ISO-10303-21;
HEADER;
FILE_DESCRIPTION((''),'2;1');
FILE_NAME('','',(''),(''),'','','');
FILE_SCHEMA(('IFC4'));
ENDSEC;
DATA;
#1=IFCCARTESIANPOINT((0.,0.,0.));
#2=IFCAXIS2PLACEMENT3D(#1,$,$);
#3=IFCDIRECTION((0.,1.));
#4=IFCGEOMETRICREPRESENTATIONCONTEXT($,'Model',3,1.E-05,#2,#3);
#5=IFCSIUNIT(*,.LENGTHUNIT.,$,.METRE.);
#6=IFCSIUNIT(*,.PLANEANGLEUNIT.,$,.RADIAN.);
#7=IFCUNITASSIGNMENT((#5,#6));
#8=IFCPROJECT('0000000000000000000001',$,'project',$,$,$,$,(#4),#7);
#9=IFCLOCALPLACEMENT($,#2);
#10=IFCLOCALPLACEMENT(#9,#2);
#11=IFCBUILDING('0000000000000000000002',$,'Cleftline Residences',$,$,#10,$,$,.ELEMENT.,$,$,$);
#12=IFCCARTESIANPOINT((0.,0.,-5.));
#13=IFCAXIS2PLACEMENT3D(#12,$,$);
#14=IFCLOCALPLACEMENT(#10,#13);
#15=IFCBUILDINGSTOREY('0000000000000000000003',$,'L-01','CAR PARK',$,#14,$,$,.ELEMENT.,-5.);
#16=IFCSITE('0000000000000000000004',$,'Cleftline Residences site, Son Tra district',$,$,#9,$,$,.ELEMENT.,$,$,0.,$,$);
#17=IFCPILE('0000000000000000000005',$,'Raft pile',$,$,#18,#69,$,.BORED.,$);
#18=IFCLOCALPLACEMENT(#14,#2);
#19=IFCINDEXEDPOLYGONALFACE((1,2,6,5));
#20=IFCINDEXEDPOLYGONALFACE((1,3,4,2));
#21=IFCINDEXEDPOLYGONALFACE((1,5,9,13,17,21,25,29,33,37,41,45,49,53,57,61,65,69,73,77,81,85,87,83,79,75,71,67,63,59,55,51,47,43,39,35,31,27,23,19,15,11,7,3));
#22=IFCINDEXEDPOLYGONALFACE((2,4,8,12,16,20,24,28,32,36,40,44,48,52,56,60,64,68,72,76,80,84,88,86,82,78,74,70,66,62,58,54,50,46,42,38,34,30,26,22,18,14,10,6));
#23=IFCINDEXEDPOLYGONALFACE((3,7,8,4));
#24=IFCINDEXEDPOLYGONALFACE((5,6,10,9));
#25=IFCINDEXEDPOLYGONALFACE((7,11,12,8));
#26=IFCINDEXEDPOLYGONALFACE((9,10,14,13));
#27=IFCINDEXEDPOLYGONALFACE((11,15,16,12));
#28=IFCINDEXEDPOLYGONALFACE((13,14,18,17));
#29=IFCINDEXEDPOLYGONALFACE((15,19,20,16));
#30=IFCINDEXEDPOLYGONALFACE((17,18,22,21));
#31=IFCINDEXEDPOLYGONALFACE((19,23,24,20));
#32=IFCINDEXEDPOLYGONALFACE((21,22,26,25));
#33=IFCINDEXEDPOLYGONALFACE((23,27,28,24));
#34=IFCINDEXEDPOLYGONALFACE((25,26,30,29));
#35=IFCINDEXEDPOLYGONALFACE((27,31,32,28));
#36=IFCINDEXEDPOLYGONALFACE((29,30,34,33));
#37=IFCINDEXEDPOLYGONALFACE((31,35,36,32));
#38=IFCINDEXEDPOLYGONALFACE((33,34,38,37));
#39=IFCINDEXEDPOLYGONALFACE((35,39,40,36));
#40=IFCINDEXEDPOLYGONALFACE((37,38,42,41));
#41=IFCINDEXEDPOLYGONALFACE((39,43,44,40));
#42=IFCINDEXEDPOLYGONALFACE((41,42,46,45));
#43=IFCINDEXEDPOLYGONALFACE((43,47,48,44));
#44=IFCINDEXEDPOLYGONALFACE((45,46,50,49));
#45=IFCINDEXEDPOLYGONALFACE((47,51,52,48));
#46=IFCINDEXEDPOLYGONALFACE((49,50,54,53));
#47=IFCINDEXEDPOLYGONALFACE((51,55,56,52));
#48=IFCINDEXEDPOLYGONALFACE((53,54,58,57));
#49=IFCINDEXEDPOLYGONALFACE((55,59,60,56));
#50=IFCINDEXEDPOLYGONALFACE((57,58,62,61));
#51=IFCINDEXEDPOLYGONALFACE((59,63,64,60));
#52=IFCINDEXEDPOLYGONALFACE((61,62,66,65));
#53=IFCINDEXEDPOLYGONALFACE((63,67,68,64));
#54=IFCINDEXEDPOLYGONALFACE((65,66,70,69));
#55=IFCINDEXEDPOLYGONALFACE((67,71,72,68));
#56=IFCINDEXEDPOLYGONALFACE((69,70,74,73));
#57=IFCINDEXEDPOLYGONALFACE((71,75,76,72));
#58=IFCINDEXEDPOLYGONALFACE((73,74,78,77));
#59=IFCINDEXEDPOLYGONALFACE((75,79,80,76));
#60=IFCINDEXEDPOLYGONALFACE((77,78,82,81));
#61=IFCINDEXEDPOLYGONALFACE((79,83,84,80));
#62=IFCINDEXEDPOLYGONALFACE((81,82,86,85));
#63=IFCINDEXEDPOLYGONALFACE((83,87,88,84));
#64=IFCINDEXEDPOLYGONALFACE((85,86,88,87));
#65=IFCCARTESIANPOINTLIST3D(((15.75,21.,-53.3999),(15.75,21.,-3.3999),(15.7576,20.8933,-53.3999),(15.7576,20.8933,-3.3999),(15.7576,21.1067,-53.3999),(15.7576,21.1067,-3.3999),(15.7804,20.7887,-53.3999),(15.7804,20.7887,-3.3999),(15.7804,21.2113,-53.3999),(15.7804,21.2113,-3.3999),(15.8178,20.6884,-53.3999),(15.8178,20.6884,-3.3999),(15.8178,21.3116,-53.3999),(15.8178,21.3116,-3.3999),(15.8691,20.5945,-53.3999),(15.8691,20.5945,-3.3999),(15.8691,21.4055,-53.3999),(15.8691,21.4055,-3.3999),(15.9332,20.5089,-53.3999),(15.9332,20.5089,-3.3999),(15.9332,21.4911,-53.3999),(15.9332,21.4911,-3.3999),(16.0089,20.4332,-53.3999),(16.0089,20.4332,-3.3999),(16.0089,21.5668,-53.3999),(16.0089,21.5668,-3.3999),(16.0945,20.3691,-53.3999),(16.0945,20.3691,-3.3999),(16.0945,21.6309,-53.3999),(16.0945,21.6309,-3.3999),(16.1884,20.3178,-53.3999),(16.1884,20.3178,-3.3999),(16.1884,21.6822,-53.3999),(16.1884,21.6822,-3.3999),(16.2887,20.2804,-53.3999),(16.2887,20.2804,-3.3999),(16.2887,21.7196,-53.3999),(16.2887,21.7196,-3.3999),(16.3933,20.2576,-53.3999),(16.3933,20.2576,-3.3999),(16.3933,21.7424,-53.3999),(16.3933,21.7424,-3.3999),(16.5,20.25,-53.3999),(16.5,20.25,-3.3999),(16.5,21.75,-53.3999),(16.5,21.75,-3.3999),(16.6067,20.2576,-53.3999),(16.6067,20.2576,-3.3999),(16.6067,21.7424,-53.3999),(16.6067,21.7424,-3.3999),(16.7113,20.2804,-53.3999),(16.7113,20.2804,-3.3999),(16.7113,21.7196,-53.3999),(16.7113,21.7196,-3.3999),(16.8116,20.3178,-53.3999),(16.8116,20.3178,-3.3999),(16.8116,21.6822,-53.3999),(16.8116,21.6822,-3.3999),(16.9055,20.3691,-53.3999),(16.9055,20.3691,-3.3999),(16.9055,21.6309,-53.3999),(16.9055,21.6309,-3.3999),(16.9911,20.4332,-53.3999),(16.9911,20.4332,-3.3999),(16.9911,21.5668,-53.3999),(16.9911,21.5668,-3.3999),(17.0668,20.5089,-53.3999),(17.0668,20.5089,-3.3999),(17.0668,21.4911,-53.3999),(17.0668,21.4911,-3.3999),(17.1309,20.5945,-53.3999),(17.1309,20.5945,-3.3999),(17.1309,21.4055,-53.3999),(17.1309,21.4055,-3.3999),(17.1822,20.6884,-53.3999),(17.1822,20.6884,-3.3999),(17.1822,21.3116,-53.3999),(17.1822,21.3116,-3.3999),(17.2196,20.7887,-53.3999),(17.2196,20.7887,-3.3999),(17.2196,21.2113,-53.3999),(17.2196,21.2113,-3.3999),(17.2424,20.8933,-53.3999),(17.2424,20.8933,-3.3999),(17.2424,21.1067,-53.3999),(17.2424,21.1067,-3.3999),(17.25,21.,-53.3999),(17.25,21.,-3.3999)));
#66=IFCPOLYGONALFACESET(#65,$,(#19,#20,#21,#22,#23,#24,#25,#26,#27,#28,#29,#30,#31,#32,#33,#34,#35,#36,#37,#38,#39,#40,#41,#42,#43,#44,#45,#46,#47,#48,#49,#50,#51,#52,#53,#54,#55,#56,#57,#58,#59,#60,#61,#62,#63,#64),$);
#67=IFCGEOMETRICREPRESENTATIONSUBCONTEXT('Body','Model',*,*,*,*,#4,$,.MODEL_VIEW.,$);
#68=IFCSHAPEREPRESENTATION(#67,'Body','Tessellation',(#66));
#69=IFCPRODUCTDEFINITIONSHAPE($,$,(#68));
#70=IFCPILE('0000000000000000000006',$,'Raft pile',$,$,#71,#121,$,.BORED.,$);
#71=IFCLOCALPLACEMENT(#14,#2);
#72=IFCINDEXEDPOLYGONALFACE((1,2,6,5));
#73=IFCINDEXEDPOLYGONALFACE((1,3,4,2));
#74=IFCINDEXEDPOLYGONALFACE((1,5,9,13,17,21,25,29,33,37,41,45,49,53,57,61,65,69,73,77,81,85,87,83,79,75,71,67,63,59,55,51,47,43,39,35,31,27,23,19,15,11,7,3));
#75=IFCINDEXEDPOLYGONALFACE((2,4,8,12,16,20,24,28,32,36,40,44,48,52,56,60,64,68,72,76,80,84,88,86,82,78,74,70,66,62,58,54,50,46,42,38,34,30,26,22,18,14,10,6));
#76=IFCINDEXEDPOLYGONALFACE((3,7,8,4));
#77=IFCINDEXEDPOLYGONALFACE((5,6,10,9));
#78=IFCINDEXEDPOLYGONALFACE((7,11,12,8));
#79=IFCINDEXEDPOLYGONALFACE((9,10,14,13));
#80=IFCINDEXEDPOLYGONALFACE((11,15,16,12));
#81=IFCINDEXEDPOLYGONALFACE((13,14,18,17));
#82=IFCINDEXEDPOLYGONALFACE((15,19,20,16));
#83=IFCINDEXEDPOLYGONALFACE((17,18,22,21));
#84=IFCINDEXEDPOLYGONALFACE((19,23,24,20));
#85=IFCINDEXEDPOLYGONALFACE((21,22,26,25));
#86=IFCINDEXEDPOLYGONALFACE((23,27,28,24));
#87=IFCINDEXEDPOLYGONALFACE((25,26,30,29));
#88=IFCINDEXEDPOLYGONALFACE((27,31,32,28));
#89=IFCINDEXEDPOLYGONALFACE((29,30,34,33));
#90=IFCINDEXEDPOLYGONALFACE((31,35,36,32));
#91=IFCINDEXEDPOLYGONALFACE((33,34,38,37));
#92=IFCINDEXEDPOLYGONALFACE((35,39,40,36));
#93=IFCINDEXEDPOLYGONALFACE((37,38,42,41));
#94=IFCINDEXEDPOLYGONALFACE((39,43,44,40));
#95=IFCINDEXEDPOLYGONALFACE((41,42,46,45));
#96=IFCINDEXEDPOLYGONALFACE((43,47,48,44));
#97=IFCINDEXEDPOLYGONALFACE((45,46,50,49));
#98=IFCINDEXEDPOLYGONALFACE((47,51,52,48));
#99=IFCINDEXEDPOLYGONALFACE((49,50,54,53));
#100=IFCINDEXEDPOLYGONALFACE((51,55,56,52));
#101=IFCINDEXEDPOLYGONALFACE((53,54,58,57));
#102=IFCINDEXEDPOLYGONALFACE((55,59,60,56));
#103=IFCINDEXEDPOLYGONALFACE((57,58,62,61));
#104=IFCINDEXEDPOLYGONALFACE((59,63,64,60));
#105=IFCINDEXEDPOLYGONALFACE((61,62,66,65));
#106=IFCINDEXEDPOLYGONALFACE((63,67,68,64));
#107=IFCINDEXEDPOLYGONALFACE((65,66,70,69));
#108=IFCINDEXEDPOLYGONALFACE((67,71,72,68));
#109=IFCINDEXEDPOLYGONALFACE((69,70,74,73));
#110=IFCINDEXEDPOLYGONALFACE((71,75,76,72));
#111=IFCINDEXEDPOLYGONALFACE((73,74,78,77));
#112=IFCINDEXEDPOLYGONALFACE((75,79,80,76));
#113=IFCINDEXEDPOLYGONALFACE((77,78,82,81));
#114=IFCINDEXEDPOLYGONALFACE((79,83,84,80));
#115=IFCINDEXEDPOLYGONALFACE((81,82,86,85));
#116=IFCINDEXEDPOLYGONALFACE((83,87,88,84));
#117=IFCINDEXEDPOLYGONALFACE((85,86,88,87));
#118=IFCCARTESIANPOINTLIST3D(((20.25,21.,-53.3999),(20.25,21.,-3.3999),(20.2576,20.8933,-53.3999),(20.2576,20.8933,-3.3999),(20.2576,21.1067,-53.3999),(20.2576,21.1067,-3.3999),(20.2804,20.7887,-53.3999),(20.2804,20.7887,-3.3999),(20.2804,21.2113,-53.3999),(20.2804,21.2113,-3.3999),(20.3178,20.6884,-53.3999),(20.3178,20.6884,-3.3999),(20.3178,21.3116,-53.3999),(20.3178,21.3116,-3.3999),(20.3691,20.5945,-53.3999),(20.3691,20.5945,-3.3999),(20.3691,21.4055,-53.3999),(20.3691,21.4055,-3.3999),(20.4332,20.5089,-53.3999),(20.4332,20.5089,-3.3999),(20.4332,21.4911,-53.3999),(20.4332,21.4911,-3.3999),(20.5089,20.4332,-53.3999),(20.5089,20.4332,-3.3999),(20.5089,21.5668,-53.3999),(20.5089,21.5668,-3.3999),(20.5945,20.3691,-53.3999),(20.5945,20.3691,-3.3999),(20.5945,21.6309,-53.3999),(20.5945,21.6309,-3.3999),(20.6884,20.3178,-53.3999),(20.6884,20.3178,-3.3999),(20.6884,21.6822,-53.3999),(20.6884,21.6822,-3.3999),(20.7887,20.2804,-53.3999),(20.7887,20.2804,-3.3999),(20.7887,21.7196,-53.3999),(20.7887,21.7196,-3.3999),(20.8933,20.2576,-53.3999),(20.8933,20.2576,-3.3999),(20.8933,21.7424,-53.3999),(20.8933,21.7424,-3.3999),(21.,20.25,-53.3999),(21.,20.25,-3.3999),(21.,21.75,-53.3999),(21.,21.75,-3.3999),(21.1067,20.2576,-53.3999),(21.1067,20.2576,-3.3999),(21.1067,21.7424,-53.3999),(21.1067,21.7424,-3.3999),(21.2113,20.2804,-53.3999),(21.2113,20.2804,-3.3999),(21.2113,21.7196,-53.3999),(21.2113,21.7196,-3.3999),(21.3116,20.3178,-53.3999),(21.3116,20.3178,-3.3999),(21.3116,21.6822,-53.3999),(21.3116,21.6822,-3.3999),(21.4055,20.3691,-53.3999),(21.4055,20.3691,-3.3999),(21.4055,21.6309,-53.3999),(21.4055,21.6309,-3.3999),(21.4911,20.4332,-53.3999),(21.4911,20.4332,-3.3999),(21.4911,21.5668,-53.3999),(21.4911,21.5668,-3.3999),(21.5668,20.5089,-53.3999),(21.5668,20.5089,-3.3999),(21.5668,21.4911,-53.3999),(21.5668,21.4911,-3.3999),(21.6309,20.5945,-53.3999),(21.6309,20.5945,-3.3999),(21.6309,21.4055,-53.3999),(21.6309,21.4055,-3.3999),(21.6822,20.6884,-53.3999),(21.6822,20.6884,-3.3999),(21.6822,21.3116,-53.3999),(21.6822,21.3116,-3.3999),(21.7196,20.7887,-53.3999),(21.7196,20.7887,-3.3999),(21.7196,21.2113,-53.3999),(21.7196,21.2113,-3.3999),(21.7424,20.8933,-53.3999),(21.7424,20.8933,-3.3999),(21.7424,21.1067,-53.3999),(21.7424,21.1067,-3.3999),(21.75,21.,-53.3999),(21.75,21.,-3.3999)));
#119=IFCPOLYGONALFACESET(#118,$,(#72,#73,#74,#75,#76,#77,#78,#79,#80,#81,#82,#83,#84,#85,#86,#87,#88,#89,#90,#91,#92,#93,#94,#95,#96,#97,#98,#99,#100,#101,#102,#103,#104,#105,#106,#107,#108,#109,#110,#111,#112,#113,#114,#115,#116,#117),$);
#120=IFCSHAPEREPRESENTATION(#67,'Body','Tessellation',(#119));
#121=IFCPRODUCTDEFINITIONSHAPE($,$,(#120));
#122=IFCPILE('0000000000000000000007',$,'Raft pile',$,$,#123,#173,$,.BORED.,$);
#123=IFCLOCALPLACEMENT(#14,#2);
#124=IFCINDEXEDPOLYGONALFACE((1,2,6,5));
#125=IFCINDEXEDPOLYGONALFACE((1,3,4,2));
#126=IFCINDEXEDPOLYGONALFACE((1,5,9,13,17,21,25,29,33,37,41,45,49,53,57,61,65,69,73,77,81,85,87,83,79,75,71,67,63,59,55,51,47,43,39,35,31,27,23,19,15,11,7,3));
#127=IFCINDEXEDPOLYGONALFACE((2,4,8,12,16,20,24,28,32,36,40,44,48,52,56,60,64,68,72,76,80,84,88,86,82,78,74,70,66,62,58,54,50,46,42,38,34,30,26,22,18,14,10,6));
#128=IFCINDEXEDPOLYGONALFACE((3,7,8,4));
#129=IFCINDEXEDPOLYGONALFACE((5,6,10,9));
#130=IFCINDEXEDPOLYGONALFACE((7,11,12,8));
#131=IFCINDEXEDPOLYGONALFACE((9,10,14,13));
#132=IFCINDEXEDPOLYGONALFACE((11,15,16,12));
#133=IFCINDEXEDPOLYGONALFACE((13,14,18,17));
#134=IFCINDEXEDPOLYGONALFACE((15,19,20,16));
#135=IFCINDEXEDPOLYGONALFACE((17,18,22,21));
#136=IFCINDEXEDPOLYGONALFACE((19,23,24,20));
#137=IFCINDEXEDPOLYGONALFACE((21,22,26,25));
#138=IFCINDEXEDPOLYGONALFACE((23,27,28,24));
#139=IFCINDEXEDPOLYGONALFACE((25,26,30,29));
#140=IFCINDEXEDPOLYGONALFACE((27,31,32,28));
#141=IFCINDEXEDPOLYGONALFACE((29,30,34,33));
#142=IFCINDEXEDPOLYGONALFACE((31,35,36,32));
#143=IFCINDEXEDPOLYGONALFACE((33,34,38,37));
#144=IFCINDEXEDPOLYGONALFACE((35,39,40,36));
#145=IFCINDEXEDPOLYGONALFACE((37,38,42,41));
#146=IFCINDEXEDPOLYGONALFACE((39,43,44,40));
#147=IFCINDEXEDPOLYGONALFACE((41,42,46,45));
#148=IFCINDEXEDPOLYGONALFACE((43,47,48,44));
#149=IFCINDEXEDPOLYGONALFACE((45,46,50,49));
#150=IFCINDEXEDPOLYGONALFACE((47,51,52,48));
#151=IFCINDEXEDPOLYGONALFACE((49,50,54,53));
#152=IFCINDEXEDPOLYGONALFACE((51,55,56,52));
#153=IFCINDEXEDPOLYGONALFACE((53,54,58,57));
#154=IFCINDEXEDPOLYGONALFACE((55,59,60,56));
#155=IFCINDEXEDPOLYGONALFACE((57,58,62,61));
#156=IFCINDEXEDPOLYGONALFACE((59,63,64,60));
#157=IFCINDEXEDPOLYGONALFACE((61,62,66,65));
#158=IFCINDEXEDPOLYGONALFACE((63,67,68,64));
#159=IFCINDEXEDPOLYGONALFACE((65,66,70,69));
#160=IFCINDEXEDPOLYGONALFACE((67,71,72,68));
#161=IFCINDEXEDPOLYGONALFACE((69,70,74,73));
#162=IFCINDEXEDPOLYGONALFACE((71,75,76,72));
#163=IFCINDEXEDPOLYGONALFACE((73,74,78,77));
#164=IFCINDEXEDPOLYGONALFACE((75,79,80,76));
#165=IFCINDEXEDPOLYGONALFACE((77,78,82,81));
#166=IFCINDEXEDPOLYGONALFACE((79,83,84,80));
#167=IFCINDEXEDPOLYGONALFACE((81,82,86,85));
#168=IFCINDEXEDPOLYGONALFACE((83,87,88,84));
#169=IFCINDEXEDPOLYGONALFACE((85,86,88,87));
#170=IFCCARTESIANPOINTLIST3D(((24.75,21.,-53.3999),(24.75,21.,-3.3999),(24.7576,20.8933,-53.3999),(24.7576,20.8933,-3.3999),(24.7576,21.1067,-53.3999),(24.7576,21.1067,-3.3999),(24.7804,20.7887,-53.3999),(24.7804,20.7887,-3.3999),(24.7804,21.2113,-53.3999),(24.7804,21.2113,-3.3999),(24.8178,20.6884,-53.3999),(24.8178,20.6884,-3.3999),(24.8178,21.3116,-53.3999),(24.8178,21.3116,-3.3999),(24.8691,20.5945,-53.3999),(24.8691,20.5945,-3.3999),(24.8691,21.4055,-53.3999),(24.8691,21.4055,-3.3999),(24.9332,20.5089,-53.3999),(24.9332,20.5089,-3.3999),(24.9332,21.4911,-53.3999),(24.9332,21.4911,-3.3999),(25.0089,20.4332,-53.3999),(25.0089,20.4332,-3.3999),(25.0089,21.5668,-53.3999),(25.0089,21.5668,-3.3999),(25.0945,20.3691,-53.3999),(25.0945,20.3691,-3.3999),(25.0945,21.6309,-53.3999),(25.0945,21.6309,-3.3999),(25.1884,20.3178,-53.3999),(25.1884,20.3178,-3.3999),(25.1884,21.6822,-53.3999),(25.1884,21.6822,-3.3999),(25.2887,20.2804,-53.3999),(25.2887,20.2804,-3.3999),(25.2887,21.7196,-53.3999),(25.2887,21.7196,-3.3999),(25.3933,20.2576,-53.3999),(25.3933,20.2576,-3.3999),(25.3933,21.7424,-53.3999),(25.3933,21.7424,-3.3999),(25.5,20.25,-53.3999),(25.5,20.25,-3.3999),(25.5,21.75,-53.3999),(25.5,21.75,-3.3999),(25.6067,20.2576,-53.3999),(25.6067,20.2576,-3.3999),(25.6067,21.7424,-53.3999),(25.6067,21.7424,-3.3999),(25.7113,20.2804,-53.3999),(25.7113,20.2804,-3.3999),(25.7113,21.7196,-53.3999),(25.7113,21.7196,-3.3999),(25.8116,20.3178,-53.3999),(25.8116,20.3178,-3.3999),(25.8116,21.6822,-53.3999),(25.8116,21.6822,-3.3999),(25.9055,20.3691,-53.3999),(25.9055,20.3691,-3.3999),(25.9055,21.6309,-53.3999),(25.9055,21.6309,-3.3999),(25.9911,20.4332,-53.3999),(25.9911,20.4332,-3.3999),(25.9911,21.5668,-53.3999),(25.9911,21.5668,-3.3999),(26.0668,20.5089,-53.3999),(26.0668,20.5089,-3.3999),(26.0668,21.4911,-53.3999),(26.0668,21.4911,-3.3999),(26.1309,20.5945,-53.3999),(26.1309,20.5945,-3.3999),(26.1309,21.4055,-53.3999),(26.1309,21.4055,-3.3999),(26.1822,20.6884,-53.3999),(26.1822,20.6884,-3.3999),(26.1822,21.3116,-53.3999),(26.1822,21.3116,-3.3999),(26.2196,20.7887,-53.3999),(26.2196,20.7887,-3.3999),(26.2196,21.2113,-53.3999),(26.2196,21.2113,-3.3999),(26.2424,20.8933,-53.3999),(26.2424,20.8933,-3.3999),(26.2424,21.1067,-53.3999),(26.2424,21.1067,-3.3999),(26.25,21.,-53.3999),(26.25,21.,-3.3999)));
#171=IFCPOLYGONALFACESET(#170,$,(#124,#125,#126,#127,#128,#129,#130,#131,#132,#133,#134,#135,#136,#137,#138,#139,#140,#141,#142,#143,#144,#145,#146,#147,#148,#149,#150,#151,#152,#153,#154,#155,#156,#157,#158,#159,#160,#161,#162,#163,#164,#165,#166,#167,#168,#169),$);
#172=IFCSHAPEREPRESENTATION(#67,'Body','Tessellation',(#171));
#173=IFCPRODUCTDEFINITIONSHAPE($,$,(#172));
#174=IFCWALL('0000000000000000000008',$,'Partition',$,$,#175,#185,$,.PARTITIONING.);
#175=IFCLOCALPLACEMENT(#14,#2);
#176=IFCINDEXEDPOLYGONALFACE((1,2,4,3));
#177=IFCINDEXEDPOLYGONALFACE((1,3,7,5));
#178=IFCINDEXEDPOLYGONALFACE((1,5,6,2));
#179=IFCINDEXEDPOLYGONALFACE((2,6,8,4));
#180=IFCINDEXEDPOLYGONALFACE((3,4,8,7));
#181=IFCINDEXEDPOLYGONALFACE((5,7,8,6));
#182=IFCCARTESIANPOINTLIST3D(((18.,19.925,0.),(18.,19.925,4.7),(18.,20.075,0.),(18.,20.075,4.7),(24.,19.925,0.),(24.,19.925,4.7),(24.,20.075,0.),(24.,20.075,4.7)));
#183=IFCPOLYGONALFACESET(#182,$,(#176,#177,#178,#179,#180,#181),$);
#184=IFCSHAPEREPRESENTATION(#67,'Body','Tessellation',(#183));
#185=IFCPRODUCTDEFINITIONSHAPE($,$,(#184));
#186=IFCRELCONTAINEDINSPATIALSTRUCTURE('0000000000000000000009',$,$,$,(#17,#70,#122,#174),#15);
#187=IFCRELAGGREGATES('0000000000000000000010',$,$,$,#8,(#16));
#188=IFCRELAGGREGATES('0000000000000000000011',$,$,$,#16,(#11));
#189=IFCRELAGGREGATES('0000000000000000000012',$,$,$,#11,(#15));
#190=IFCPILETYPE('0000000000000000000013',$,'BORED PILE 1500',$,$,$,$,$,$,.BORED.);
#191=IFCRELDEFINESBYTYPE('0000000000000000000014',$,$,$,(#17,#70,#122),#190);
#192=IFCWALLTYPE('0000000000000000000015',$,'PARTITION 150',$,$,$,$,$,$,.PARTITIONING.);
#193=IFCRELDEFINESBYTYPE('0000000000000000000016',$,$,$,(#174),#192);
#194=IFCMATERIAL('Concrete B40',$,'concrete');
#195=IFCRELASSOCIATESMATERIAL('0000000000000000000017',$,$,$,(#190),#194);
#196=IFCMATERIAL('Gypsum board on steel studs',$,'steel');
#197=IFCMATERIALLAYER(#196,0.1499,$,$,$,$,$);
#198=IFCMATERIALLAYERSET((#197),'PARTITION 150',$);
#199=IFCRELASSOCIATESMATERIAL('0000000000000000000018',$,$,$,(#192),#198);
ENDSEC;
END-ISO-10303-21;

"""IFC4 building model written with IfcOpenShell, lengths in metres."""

from ifc_helpers import new_model, si_unit, direction, frame, frame_2d, origin, origin_2d, place, context, subcontext, project, spatial, rectangle, circle, extrude, material, layer, layer_set, material_profile, profile_set, type_object, element, save


model = new_model("IFC4")

# Units and contexts
model_context = context("Model", 3, precision=1e-05, world=origin(), true_north=direction((0.0, 1.0)))
body_context = subcontext(model_context, "Body", "Model", "MODEL_VIEW")
ifc_project = project(units=[si_unit("LENGTHUNIT", "METRE"), si_unit("PLANEANGLEUNIT", "RADIAN")], contexts=[model_context])

# Site, building, storey
site_placement = place(None, origin())
site = spatial("IfcSite", under=ifc_project, at=site_placement, Name="Cleftline Residences site, Son Tra district", CompositionType="ELEMENT", RefElevation=0.0)
building_placement = place(site_placement, origin())
building = spatial("IfcBuilding", under=site, at=building_placement, Name="Cleftline Residences", CompositionType="ELEMENT")
storey_placement = place(building_placement, frame((0.0, 0.0, -5.0)))
storey = spatial("IfcBuildingStorey", under=building, at=storey_placement, Name="L-01", Description="CAR PARK", CompositionType="ELEMENT", Elevation=-5.0)

# Piles
ifc_material_1 = material(Name="Concrete B40", Category="concrete")
ifc_material_profile = material_profile(ifc_material_1, circle(Radius=0.75, at=origin_2d()))
ifc_profile_set = profile_set([ifc_material_profile], Name="Concrete B40")
pile_type = type_object("IfcPileType", Name="BORED PILE 1500", PredefinedType="BORED", material=ifc_profile_set)
for number, where, z_axis, x_axis, name in (
    (1, (16.5, 21.0, -3.3999), (0.0, 0.0, -1.0), (1.0, 0.0, 0.0), "Raft pile"),
    (2, (21.0, 21.0, -3.3999), (0.0, 0.0, -1.0), (1.0, 0.0, 0.0), "Raft pile"),
    (3, (25.5, 21.0, -3.3999), (0.0, 0.0, -1.0), (1.0, 0.0, 0.0), "Raft pile"),
):
    element("IfcPile", number, at=place(storey_placement, frame(where, z_axis=z_axis, x_axis=x_axis)), inside=storey, type_object=pile_type, Name=name, PredefinedType="BORED", context=body_context, shape_type="SweptSolid", body=[
        extrude(circle(Radius=0.75, at=origin_2d()), origin(), (0.0, 0.0, 1.0), 50.0),
    ])

# Wall
ifc_material_2 = material(Name="Gypsum board on steel studs", Category="steel")
ifc_layer_1 = layer(ifc_material_2, 0.1499)
ifc_layer_set_1 = layer_set([ifc_layer_1], Name="PARTITION 150")
wall_type_1 = type_object("IfcWallType", Name="PARTITION 150", PredefinedType="PARTITIONING", material=ifc_layer_set_1)
wall_1_placement = place(storey_placement, frame((18.0, 20.0, 0.0), z_axis=(0.0, 0.0, 1.0), x_axis=(1.0, 0.0, 0.0)))
element("IfcWall", 4, at=wall_1_placement, inside=storey, type_object=wall_type_1, Name="Partition", PredefinedType="PARTITIONING", context=body_context, shape_type="SweptSolid", body=[
    extrude(rectangle(XDim=6.0, YDim=0.1499, at=frame_2d((3.0, 0.0))), origin(), (0.0, 0.0, 1.0), 4.7),
])

save(model, "model.ifc")
